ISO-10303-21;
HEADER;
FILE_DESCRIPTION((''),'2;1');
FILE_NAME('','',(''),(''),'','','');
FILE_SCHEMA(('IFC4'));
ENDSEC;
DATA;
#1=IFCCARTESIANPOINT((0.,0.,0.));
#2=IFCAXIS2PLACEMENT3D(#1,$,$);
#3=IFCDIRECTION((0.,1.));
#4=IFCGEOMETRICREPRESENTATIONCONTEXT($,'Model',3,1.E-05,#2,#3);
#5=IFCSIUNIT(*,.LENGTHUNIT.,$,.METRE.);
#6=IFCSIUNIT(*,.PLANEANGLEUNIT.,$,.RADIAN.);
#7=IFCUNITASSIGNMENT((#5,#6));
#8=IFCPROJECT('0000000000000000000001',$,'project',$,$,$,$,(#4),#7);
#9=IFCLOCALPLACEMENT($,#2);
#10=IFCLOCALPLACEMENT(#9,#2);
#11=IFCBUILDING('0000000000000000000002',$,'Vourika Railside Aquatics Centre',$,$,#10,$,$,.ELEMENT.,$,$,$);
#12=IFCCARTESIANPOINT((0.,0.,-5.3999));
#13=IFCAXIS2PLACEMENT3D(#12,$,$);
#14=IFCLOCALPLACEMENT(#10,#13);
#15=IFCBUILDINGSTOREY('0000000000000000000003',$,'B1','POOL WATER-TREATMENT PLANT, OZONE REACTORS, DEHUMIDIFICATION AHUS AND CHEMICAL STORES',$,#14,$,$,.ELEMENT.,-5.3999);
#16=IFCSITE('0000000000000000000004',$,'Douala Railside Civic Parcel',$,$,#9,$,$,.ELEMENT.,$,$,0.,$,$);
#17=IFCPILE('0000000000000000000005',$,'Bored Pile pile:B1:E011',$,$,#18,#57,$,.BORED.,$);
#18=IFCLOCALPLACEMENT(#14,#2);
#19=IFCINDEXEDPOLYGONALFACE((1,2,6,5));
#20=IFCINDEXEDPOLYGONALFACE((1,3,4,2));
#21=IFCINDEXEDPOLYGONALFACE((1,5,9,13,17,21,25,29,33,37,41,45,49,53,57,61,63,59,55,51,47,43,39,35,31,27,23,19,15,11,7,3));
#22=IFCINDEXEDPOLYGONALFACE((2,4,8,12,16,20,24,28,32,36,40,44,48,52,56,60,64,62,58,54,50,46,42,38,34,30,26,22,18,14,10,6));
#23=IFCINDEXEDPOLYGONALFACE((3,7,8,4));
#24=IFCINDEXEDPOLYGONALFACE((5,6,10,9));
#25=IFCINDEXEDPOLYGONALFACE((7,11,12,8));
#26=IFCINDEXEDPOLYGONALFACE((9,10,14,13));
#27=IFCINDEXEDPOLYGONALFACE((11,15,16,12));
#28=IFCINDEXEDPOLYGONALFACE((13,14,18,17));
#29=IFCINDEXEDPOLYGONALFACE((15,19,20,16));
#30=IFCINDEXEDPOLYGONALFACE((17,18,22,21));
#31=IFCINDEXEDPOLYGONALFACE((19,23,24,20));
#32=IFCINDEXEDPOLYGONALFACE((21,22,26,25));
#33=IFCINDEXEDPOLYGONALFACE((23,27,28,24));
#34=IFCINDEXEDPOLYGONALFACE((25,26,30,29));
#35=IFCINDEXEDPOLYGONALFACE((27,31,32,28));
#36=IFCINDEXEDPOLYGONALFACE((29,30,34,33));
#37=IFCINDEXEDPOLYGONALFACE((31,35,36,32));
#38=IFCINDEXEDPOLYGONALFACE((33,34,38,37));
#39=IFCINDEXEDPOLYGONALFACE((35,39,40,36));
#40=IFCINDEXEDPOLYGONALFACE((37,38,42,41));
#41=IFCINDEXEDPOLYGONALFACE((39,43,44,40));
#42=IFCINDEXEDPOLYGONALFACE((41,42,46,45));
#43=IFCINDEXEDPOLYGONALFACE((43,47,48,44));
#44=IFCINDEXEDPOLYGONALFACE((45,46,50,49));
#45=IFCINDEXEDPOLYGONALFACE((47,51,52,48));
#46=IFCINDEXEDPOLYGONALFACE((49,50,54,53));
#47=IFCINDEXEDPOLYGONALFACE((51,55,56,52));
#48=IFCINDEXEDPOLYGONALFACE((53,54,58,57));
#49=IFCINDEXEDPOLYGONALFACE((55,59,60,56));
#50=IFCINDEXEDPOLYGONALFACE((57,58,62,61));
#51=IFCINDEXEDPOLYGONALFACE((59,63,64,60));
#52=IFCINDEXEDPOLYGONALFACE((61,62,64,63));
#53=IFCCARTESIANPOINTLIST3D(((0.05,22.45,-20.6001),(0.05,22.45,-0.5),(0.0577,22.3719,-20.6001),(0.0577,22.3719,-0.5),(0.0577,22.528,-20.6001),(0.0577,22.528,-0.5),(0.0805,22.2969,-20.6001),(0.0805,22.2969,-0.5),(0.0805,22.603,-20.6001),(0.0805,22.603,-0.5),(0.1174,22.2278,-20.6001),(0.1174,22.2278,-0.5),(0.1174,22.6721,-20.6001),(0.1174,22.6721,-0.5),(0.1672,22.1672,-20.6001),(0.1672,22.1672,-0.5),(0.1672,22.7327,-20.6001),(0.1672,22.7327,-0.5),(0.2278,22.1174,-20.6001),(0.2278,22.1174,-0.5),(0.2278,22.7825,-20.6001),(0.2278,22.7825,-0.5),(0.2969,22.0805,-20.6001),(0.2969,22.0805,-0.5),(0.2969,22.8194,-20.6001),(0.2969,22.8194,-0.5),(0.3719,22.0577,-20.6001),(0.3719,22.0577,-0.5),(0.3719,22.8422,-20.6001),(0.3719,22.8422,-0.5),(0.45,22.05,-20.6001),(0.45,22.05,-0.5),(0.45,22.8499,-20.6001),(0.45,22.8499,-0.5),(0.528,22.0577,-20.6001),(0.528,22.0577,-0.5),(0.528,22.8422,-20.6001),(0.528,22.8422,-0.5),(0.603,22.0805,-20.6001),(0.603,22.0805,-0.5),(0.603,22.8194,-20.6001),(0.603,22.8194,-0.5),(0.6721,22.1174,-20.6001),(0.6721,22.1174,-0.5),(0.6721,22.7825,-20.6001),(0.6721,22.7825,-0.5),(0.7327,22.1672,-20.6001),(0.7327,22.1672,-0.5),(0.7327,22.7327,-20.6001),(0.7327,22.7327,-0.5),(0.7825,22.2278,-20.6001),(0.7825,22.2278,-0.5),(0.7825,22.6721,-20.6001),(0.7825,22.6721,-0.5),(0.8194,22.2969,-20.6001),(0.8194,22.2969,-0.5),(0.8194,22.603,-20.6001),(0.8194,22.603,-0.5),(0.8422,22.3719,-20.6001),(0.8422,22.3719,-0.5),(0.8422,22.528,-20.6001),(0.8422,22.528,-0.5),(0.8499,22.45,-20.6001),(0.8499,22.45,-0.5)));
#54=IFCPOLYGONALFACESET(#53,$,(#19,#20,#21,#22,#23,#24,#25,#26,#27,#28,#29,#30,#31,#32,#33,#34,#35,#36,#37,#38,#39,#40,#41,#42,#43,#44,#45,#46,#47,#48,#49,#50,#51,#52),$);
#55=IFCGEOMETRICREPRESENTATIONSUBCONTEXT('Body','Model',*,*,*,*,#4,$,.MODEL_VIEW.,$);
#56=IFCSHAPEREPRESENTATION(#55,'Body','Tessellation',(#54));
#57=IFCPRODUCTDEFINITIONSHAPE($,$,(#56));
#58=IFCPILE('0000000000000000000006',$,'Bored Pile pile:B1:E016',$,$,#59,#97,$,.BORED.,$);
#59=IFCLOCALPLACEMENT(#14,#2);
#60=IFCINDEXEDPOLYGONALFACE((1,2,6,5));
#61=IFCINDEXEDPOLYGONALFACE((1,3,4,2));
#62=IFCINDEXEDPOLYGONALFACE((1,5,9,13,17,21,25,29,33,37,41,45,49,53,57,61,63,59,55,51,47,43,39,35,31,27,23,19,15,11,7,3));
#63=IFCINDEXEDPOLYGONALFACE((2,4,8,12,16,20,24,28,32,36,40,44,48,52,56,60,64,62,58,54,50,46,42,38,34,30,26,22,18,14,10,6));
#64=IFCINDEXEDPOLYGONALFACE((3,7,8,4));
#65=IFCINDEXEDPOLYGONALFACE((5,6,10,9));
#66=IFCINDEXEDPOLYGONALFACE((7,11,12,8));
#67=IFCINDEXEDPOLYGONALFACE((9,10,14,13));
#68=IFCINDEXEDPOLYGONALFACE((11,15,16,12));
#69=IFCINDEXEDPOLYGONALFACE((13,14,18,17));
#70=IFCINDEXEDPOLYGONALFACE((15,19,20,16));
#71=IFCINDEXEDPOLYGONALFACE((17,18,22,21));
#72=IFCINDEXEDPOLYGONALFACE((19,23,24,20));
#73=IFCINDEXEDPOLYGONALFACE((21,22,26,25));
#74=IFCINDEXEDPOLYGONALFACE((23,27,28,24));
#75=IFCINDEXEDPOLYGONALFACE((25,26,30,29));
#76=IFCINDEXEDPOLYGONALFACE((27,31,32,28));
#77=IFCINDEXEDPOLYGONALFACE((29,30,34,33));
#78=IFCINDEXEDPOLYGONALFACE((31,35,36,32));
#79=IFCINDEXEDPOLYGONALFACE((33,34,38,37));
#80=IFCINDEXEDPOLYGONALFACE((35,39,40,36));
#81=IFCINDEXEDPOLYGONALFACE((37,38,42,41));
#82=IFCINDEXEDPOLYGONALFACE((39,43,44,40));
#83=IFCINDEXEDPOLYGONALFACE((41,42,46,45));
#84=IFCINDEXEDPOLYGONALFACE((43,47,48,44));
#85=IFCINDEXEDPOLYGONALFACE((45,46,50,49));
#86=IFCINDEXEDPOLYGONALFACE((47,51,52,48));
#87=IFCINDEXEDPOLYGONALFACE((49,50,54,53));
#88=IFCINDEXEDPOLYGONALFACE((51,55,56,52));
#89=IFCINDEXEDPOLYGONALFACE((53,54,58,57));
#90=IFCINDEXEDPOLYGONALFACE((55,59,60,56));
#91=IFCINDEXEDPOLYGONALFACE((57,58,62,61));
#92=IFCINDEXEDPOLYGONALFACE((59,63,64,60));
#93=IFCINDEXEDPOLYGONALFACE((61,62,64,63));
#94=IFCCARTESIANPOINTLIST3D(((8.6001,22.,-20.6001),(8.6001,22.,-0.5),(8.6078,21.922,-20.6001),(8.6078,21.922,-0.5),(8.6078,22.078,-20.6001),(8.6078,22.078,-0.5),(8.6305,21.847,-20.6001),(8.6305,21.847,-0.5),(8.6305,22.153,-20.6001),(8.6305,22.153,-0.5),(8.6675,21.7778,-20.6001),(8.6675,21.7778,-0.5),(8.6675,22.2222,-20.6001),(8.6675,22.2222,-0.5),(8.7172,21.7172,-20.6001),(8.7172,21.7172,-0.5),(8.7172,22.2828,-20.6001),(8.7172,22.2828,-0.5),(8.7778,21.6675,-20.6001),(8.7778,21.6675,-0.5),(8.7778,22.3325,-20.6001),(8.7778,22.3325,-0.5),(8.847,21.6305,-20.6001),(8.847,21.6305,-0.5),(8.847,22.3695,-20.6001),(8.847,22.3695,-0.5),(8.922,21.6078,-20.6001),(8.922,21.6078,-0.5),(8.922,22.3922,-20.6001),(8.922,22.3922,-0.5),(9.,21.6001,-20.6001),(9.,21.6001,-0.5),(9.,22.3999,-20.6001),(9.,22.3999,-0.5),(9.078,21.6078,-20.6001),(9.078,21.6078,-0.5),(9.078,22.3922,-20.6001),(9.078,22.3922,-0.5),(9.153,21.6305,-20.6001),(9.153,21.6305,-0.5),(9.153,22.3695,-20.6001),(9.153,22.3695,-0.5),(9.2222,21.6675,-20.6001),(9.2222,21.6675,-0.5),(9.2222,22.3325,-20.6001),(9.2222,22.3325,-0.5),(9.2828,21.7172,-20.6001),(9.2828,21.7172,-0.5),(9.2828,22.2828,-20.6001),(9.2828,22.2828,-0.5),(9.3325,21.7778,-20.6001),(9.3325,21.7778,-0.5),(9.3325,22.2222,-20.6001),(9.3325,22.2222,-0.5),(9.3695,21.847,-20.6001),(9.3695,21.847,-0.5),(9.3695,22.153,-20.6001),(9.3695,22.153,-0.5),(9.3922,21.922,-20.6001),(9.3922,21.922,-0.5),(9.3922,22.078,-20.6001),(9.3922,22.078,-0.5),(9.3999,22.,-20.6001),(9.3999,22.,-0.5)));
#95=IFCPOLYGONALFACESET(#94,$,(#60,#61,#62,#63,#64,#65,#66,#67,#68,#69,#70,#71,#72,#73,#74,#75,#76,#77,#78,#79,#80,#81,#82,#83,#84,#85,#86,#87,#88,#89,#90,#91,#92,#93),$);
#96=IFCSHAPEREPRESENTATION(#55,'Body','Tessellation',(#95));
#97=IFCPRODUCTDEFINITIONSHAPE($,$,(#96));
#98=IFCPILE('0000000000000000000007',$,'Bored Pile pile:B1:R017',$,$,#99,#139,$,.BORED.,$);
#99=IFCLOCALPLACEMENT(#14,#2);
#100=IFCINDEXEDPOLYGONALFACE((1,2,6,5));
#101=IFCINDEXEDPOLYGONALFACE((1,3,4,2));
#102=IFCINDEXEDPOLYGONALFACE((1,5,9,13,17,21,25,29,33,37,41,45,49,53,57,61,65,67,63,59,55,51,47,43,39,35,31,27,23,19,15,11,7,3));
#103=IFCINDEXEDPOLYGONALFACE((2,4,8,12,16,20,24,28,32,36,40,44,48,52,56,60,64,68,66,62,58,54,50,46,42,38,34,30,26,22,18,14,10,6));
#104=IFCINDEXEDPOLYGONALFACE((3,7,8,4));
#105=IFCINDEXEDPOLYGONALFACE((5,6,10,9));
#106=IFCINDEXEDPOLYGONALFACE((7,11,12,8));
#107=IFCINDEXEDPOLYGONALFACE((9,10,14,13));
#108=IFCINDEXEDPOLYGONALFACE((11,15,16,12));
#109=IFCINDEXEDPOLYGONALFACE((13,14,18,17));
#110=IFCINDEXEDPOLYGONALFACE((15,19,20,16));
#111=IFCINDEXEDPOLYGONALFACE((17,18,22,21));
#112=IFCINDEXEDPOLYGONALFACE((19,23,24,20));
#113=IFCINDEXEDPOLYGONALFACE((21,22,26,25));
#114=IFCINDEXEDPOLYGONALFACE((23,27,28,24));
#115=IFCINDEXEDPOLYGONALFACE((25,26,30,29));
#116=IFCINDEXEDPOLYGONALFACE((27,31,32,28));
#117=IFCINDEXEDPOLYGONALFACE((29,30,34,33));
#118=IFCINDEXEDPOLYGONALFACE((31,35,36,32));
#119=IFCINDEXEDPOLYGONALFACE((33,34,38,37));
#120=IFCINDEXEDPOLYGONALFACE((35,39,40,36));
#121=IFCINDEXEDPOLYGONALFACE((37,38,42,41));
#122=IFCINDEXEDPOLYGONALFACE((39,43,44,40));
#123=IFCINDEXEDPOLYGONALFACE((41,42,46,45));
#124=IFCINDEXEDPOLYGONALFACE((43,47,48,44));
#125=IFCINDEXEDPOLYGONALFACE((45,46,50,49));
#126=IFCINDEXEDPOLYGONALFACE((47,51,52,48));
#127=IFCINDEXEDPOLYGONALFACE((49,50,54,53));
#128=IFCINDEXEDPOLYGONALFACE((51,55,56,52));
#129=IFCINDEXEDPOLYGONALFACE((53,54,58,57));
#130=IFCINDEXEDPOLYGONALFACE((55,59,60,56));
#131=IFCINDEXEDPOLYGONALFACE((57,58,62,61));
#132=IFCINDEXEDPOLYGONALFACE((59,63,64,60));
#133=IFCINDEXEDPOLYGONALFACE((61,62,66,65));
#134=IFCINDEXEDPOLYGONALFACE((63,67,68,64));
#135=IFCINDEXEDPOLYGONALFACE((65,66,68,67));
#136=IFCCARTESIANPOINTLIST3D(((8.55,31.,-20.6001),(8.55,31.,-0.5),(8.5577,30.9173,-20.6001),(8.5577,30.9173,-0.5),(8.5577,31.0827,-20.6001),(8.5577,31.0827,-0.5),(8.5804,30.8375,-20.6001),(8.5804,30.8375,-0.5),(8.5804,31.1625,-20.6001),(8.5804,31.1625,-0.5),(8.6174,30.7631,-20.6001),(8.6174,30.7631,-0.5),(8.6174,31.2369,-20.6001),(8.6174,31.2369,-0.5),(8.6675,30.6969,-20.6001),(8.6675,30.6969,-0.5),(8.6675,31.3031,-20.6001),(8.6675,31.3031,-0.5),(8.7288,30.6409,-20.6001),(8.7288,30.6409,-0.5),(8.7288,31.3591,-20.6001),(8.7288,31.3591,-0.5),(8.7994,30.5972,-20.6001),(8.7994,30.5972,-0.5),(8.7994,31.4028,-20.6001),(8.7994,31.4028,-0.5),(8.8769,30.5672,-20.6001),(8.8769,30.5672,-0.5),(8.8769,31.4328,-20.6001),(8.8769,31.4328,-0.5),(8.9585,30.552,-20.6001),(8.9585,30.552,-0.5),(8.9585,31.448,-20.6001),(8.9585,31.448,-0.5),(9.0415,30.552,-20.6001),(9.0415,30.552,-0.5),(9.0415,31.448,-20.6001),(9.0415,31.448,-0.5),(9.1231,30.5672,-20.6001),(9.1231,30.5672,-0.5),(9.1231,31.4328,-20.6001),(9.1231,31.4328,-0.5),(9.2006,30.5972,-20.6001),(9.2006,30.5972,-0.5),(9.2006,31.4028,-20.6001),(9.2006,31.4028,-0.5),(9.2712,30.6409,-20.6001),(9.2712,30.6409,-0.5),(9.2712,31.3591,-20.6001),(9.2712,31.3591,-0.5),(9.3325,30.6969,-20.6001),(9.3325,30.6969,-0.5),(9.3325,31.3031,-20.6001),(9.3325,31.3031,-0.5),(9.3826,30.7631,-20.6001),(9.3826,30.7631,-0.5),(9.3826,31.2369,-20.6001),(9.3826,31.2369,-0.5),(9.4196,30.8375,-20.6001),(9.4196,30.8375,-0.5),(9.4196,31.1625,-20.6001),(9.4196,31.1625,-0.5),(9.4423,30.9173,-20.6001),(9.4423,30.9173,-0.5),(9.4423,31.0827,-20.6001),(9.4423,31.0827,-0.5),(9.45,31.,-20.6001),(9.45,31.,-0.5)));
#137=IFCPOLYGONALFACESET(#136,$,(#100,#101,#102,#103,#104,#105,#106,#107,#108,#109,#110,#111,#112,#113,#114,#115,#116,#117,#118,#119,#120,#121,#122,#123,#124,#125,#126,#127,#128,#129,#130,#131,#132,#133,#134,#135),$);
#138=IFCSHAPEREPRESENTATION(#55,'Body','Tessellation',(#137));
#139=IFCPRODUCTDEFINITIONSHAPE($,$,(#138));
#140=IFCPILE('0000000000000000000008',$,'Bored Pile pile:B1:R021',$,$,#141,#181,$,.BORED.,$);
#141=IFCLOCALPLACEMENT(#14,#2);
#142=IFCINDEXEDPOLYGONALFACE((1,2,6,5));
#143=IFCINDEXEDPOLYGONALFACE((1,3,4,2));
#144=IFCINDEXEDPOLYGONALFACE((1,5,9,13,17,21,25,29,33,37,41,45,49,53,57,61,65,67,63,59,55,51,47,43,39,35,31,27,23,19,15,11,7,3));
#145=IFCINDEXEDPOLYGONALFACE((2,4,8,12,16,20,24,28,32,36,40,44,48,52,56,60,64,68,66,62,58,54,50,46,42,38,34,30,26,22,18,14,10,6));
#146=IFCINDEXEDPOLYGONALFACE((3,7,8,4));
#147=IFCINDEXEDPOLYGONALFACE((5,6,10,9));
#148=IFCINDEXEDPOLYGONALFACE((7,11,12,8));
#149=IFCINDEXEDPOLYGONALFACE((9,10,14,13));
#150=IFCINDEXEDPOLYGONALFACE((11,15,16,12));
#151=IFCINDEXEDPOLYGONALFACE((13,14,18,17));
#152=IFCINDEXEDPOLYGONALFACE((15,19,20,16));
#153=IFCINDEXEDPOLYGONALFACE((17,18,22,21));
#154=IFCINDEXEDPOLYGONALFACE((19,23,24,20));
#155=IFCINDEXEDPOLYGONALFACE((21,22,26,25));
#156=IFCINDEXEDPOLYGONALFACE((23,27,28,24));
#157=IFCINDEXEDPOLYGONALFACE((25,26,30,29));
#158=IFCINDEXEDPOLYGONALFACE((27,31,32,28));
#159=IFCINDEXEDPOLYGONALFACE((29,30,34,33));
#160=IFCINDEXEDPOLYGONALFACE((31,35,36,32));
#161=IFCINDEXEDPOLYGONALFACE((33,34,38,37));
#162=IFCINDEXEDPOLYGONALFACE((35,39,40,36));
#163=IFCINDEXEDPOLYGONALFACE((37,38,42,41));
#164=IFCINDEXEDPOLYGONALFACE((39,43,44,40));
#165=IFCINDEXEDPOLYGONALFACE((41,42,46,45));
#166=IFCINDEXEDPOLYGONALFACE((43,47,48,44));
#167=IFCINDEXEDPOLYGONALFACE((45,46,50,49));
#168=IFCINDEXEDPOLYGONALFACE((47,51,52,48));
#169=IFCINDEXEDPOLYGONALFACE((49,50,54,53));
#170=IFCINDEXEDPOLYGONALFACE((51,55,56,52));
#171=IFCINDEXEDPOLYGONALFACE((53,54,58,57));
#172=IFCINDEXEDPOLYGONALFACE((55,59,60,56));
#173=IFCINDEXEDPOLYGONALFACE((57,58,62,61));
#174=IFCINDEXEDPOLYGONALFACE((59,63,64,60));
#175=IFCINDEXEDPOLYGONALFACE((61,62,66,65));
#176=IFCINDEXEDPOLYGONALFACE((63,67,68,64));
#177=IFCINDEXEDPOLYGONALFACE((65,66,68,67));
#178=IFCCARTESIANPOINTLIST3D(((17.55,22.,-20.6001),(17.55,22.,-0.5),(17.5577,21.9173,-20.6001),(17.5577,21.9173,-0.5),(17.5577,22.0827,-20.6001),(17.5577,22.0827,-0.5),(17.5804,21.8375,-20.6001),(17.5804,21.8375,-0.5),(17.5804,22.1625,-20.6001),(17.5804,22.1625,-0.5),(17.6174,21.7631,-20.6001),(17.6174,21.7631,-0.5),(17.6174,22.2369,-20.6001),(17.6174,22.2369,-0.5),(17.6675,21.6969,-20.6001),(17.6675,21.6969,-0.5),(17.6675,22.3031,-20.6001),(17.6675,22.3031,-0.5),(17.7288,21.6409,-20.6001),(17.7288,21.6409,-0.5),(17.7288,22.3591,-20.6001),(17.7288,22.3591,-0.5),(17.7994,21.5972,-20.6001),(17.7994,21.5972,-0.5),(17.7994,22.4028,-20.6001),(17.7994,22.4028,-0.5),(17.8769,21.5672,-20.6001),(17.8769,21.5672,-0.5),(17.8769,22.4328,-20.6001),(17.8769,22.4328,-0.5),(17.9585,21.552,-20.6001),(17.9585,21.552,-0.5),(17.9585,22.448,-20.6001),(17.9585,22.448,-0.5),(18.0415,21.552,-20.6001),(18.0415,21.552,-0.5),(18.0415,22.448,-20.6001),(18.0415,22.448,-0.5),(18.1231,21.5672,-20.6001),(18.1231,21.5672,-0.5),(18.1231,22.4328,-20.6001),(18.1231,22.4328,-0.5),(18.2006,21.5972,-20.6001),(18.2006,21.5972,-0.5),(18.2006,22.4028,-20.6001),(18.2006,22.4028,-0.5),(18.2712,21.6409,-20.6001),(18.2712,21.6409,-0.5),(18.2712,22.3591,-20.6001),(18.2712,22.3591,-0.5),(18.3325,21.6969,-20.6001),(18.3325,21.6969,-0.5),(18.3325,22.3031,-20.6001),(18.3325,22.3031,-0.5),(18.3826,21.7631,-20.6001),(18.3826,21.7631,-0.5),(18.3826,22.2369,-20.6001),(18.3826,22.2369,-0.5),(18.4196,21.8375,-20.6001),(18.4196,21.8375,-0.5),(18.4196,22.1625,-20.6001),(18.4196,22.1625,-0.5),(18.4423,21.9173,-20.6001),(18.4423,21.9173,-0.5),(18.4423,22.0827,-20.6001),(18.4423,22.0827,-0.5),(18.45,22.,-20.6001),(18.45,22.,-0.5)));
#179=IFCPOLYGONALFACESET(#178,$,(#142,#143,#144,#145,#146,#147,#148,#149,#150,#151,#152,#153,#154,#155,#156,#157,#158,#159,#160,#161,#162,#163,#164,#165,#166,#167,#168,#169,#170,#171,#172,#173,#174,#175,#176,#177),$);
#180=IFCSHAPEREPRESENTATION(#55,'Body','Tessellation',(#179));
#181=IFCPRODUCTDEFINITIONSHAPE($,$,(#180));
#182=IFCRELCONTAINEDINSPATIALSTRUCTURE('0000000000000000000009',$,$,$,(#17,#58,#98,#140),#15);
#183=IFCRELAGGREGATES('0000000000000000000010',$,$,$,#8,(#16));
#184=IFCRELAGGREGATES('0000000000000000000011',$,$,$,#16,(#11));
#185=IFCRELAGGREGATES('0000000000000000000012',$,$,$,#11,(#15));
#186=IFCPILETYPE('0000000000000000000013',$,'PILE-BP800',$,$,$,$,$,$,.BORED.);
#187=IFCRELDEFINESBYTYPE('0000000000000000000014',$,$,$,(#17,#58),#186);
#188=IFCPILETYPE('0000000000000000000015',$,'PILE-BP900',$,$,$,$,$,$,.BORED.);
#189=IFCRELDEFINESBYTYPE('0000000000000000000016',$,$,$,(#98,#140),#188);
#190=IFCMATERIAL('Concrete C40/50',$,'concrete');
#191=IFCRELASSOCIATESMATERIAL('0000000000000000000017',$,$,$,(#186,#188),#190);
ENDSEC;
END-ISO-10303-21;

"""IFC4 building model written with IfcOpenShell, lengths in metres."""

from ifc_helpers import new_model, si_unit, direction, frame, origin, origin_2d, place, context, subcontext, project, spatial, circle, extrude, material, material_profile, profile_set, type_object, element, save


model = new_model("IFC4")

# Units and contexts
model_context = context("Model", 3, precision=1e-05, world=origin(), true_north=direction((0.0, 1.0)))
body_context = subcontext(model_context, "Body", "Model", "MODEL_VIEW")
ifc_project = project(units=[si_unit("LENGTHUNIT", "METRE"), si_unit("PLANEANGLEUNIT", "RADIAN")], contexts=[model_context])

# Site, building, storey
site_placement = place(None, origin())
site = spatial("IfcSite", under=ifc_project, at=site_placement, Name="Douala Railside Civic Parcel", CompositionType="ELEMENT", RefElevation=0.0)
building_placement = place(site_placement, origin())
building = spatial("IfcBuilding", under=site, at=building_placement, Name="Vourika Railside Aquatics Centre", CompositionType="ELEMENT")
storey_placement = place(building_placement, frame((0.0, 0.0, -5.3999)))
storey = spatial("IfcBuildingStorey", under=building, at=storey_placement, Name="B1", Description="POOL WATER-TREATMENT PLANT, OZONE REACTORS, DEHUMIDIFICATION AHUS AND CHEMICAL STORES", CompositionType="ELEMENT", Elevation=-5.3999)

# Piles
ifc_material_1 = material(Name="Concrete C40/50", Category="concrete")
ifc_material_profile_1 = material_profile(ifc_material_1, circle(Radius=0.3999, at=origin_2d()), Name="BP 800")
ifc_profile_set_1 = profile_set([ifc_material_profile_1], Name="Concrete C40/50")
pile_type_1 = type_object("IfcPileType", Name="PILE-BP800", PredefinedType="BORED", material=ifc_profile_set_1)
for number, where, z_axis, x_axis, name in (
    (1, (0.45, 22.45, -0.5), (0.0, 0.0, -1.0), (1.0, 0.0, 0.0), "Bored Pile pile:B1:E011"),
    (2, (9.0, 22.0, -0.5), (0.0, 0.0, -1.0), (1.0, 0.0, 0.0), "Bored Pile pile:B1:E016"),
):
    element("IfcPile", number, at=place(storey_placement, frame(where, z_axis=z_axis, x_axis=x_axis)), inside=storey, type_object=pile_type_1, Name=name, PredefinedType="BORED", context=body_context, shape_type="SweptSolid", body=[
        extrude(circle(Radius=0.3999, at=origin_2d()), origin(), (0.0, 0.0, 1.0), 20.1001),
    ])
ifc_material_profile_2 = material_profile(ifc_material_1, circle(Radius=0.45, at=origin_2d()), Name="BP 900")
ifc_profile_set_2 = profile_set([ifc_material_profile_2], Name="Concrete C40/50")
pile_type_2 = type_object("IfcPileType", Name="PILE-BP900", PredefinedType="BORED", material=ifc_profile_set_2)
for number, where, z_axis, x_axis, name in (
    (3, (9.0, 31.0, -0.5), (0.0, 0.0, -1.0), (1.0, 0.0, 0.0), "Bored Pile pile:B1:R017"),
    (4, (18.0, 22.0, -0.5), (0.0, 0.0, -1.0), (1.0, 0.0, 0.0), "Bored Pile pile:B1:R021"),
):
    element("IfcPile", number, at=place(storey_placement, frame(where, z_axis=z_axis, x_axis=x_axis)), inside=storey, type_object=pile_type_2, Name=name, PredefinedType="BORED", context=body_context, shape_type="SweptSolid", body=[
        extrude(circle(Radius=0.45, at=origin_2d()), origin(), (0.0, 0.0, 1.0), 20.1001),
    ])

save(model, "model.ifc")
